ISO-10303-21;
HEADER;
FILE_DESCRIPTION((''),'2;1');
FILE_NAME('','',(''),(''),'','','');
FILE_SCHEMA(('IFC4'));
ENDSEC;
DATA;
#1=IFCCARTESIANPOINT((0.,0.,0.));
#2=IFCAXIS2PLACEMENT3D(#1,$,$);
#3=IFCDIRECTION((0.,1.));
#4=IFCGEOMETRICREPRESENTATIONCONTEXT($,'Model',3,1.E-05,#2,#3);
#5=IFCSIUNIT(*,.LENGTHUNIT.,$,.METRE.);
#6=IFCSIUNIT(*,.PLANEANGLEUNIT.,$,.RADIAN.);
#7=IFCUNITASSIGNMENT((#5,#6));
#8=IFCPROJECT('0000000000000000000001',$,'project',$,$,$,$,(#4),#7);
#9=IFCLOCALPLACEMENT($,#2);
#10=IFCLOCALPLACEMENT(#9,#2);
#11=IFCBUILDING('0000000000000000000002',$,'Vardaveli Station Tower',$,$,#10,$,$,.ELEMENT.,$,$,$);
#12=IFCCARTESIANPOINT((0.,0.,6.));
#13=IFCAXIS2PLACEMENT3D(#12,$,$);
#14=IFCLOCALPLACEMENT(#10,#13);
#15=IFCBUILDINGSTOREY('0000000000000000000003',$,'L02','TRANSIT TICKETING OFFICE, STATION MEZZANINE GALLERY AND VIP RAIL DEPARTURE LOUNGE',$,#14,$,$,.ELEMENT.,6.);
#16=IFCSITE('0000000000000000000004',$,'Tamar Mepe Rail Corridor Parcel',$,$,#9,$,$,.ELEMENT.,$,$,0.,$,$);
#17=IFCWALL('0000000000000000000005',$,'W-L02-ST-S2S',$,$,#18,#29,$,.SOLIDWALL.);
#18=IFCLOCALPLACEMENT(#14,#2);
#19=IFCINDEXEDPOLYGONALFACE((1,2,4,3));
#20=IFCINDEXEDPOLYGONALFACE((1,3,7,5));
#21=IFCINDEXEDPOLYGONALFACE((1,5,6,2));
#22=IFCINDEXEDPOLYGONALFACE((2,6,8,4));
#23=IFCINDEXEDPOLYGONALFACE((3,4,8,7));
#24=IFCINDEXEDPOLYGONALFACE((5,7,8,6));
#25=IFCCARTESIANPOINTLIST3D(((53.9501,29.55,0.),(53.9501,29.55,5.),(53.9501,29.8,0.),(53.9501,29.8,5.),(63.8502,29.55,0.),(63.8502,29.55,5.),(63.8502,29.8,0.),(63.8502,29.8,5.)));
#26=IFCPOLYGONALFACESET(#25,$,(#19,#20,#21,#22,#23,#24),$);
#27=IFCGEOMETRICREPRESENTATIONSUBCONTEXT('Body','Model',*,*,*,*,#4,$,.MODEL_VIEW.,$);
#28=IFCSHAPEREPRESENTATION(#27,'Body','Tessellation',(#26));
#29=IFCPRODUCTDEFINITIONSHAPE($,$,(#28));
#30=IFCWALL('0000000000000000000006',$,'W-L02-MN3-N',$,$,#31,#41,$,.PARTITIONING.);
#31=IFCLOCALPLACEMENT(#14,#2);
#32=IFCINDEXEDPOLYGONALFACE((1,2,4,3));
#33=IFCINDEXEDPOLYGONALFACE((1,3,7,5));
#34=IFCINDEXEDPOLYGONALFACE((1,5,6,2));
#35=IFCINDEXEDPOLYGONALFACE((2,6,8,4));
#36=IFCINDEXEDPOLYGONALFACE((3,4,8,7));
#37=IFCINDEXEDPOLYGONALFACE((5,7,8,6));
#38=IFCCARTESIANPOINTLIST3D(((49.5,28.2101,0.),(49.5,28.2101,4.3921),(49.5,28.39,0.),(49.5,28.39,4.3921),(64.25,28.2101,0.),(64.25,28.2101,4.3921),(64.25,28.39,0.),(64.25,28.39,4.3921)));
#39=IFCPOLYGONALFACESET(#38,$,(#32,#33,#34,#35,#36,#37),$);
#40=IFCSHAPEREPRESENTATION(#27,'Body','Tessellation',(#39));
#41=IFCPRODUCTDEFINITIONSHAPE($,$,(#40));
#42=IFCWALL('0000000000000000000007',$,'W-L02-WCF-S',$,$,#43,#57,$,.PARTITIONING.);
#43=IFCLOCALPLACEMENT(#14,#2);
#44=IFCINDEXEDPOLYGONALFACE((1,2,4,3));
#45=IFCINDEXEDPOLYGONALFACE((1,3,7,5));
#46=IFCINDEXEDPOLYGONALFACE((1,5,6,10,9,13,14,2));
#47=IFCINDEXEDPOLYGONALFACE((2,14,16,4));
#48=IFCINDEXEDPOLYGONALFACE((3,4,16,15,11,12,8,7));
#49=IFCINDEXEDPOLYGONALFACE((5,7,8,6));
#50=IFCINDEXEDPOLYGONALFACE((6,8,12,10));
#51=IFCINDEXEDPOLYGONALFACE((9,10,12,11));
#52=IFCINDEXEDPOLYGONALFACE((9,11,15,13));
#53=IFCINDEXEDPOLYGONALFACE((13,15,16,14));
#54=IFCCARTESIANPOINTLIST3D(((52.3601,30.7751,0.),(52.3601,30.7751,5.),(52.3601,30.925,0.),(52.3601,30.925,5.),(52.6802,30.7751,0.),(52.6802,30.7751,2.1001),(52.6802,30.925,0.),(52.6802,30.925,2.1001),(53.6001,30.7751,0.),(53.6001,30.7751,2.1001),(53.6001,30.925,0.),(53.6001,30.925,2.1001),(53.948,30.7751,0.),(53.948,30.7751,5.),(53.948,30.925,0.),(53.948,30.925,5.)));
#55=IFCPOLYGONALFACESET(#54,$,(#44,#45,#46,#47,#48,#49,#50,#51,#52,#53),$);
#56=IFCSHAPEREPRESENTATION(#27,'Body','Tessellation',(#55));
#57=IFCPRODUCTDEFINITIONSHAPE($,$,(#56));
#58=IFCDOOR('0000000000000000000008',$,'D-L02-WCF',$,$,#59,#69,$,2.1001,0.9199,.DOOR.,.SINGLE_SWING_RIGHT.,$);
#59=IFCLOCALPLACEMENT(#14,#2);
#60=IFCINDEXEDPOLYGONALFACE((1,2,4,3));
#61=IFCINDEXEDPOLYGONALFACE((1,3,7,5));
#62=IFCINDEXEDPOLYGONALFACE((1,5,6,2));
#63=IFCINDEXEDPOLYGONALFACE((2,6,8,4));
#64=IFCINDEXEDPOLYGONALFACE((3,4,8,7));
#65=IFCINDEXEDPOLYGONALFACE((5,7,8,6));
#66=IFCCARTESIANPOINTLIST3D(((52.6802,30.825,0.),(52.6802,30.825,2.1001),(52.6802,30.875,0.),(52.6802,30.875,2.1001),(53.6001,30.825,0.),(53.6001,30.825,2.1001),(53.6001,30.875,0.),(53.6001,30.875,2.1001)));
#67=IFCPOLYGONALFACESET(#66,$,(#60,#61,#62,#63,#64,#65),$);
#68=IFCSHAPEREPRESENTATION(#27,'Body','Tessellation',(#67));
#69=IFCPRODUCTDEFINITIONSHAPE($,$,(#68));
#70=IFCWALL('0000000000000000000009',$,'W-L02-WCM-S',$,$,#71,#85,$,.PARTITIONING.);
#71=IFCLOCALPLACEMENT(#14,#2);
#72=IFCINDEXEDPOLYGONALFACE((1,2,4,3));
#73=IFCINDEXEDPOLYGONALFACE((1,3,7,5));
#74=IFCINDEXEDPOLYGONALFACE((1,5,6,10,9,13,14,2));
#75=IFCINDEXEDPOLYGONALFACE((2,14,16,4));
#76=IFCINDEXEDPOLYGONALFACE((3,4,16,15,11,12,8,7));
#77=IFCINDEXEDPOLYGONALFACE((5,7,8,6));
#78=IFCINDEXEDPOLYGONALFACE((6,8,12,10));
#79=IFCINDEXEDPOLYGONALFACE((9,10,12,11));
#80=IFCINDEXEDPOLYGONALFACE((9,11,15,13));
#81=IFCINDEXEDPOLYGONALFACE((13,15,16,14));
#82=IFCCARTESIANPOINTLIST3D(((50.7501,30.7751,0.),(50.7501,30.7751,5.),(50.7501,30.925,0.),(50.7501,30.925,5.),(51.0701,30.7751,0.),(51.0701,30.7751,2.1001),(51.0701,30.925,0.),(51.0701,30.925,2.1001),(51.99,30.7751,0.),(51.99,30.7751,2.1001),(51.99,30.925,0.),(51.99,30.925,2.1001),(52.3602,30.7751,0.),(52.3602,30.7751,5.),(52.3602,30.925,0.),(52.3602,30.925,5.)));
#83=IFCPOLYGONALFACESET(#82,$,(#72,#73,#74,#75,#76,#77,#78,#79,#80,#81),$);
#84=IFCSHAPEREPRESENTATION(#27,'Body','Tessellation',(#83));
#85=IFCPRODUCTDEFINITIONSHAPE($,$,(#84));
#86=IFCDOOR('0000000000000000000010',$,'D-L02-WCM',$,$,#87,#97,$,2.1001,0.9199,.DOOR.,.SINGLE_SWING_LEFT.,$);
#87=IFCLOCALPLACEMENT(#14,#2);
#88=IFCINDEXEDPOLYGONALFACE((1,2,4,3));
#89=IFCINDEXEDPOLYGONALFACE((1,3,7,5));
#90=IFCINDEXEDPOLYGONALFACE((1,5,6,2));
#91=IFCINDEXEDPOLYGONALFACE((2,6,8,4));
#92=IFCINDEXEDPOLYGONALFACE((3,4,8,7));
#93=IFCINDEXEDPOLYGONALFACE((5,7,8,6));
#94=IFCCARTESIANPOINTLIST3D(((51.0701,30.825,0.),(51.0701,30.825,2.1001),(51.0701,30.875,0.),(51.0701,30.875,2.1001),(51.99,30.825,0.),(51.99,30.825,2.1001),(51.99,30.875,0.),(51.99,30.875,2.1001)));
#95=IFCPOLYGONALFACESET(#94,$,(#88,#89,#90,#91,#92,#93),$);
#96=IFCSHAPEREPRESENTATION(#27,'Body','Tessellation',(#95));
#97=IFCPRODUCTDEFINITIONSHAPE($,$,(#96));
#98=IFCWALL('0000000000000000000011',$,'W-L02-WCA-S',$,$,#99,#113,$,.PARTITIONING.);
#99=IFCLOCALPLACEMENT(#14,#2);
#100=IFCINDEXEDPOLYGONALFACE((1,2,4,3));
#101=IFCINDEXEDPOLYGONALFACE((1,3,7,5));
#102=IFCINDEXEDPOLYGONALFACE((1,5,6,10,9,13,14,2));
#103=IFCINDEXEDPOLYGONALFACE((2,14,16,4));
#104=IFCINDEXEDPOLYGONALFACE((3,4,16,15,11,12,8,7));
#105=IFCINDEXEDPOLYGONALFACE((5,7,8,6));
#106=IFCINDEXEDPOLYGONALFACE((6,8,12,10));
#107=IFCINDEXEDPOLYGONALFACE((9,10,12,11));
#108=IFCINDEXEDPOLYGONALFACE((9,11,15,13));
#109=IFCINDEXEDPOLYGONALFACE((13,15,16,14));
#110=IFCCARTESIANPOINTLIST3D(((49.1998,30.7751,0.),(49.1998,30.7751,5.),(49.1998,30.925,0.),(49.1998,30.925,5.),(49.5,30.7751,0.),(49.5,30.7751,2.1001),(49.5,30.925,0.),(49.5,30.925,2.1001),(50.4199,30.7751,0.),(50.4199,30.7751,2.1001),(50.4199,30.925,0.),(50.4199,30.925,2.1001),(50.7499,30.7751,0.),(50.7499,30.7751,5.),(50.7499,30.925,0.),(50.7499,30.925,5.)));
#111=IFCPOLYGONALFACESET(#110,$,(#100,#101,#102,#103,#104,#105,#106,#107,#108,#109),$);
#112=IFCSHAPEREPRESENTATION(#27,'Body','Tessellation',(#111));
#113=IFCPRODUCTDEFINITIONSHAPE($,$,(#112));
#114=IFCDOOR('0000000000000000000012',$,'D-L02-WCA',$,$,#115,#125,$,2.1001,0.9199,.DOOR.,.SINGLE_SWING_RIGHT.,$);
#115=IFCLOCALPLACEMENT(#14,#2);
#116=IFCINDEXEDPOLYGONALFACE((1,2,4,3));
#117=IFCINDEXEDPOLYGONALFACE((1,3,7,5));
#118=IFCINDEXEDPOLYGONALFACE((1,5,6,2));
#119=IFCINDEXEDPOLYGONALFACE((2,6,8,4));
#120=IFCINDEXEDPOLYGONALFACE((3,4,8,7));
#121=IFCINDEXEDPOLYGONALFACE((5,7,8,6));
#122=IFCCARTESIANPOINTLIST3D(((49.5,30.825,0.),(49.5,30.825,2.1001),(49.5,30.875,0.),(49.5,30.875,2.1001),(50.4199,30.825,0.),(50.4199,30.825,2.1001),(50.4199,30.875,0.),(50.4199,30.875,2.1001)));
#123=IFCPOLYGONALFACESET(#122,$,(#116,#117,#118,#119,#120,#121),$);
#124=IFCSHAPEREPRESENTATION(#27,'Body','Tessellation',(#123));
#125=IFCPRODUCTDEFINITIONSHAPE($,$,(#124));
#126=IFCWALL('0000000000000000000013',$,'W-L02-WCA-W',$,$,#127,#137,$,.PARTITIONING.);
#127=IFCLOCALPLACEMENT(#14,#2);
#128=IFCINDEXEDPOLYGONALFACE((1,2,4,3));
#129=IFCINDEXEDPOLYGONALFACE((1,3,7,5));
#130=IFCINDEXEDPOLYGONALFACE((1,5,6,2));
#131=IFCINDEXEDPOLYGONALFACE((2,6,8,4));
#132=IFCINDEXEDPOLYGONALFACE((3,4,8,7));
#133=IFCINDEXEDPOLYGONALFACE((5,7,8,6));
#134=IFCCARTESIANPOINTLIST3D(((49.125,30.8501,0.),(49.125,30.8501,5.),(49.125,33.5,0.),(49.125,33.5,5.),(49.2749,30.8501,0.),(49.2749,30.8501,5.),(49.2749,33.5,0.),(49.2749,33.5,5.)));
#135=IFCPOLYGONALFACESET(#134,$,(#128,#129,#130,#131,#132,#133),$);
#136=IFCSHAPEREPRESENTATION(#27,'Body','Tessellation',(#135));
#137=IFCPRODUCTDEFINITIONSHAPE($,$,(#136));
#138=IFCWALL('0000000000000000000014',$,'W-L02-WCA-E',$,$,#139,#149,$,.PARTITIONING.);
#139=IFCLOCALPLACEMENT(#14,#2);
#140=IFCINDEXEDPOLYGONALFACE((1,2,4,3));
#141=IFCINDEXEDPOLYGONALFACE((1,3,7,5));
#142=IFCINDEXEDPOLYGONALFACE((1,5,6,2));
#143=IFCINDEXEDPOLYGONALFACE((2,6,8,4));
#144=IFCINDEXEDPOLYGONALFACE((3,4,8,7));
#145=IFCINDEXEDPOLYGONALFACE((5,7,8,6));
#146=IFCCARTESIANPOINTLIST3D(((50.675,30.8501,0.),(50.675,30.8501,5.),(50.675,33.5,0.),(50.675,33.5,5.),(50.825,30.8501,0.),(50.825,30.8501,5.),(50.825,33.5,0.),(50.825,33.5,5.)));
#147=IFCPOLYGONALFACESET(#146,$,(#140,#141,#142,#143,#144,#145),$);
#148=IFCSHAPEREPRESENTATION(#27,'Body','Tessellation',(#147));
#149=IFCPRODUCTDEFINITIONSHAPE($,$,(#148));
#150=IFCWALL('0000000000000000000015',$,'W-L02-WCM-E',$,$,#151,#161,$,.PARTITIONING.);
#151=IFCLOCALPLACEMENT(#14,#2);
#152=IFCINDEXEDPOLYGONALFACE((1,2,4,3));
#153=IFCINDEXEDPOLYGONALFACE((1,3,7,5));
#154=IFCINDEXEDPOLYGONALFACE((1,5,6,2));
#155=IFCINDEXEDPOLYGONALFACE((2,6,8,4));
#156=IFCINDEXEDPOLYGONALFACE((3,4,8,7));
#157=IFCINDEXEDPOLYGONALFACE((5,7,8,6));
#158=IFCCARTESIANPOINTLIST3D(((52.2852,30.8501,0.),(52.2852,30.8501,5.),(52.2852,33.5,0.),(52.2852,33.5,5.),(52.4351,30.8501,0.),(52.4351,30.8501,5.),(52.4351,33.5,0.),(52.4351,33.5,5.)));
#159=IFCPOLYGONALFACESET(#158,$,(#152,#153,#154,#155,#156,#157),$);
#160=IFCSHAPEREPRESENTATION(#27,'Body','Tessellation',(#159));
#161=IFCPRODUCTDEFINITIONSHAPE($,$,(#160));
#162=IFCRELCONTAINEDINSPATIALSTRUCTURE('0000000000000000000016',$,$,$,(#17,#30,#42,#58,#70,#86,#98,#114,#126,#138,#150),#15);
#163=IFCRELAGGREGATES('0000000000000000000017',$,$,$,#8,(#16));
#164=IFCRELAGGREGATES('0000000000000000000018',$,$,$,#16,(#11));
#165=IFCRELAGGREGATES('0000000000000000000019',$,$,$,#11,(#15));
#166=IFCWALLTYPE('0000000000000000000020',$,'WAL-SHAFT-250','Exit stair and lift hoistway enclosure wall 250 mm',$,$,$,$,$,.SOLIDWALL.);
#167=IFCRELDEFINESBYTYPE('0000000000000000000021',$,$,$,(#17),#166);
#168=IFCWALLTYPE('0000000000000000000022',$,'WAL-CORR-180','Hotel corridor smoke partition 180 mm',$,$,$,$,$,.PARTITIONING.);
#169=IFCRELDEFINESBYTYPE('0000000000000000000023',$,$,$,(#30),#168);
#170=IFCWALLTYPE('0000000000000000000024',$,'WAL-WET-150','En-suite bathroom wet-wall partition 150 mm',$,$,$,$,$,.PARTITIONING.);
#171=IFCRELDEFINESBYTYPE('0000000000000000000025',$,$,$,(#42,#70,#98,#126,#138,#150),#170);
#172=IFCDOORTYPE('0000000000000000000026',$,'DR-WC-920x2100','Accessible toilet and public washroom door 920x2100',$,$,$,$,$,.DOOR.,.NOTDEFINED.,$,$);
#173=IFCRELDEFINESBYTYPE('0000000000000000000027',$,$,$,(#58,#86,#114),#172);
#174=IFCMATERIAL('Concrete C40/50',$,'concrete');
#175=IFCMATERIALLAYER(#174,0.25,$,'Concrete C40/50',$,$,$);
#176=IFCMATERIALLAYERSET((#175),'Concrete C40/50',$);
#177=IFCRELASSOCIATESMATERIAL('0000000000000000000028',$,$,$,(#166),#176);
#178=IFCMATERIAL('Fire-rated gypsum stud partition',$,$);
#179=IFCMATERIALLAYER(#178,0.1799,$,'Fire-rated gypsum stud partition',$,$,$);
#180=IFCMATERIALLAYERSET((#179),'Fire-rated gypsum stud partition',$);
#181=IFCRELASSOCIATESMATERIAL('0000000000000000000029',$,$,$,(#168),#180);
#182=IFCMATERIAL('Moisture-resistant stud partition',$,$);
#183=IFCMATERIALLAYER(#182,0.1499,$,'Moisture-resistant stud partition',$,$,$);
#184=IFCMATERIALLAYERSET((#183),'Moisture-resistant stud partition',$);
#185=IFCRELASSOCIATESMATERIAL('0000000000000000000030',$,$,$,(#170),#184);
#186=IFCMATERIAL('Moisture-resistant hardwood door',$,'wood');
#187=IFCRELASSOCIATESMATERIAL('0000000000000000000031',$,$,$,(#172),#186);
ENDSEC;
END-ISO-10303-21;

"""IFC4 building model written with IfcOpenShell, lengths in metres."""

from ifc_helpers import new_model, si_unit, direction, frame, frame_2d, origin, place, context, subcontext, project, spatial, rectangle, extrude, source, transform, mapped, material, layer, layer_set, type_object, element, fill, save


model = new_model("IFC4")

# Units and contexts
model_context = context("Model", 3, precision=1e-05, world=origin(), true_north=direction((0.0, 1.0)))
body_context = subcontext(model_context, "Body", "Model", "MODEL_VIEW")
ifc_project = project(units=[si_unit("LENGTHUNIT", "METRE"), si_unit("PLANEANGLEUNIT", "RADIAN")], contexts=[model_context])

# Site, building, storey
site_placement = place(None, origin())
site = spatial("IfcSite", under=ifc_project, at=site_placement, Name="Tamar Mepe Rail Corridor Parcel", CompositionType="ELEMENT", RefElevation=0.0)
building_placement = place(site_placement, origin())
building = spatial("IfcBuilding", under=site, at=building_placement, Name="Vardaveli Station Tower", CompositionType="ELEMENT")
storey_placement = place(building_placement, frame((0.0, 0.0, 6.0)))
storey = spatial("IfcBuildingStorey", under=building, at=storey_placement, Name="L02", Description="TRANSIT TICKETING OFFICE, STATION MEZZANINE GALLERY AND VIP RAIL DEPARTURE LOUNGE", CompositionType="ELEMENT", Elevation=6.0)

# Walls
ifc_material_1 = material(Name="Concrete C40/50", Category="concrete")
ifc_layer_1 = layer(ifc_material_1, 0.25, Name="Concrete C40/50")
ifc_layer_set_1 = layer_set([ifc_layer_1], Name="Concrete C40/50")
wall_type_1 = type_object("IfcWallType", Name="WAL-SHAFT-250", Description="Exit stair and lift hoistway enclosure wall 250 mm", PredefinedType="SOLIDWALL", material=ifc_layer_set_1)
shared_shape_1 = source(origin(), body_context, "Body", "SweptSolid", [
    extrude(rectangle(XDim=9.9001, YDim=0.25, at=frame_2d((4.9502, 0.0))), origin(), (0.0, 0.0, 1.0), 5.0),
])
wall_1_placement = place(storey_placement, frame((53.95, 29.675, 0.0), z_axis=(0.0, 0.0, 1.0), x_axis=(1.0, 0.0, 0.0)))
element("IfcWall", 1, at=wall_1_placement, inside=storey, type_object=wall_type_1, Name="W-L02-ST-S2S", PredefinedType="SOLIDWALL", context=body_context, shape_type="MappedRepresentation", body=[
    mapped(shared_shape_1, transform((0.0, 0.0, 0.0), scale=1.0)),
])
ifc_material_2 = material(Name="Fire-rated gypsum stud partition")
ifc_layer_2 = layer(ifc_material_2, 0.1799, Name="Fire-rated gypsum stud partition")
ifc_layer_set_2 = layer_set([ifc_layer_2], Name="Fire-rated gypsum stud partition")
wall_type_2 = type_object("IfcWallType", Name="WAL-CORR-180", Description="Hotel corridor smoke partition 180 mm", PredefinedType="PARTITIONING", material=ifc_layer_set_2)
shared_shape_2 = source(origin(), body_context, "Body", "SweptSolid", [
    extrude(rectangle(XDim=14.75, YDim=0.1799, at=frame_2d((7.375, 0.0))), origin(), (0.0, 0.0, 1.0), 4.3921),
])
wall_2_placement = place(storey_placement, frame((49.5, 28.3, 0.0), z_axis=(0.0, 0.0, 1.0), x_axis=(1.0, 0.0, 0.0)))
element("IfcWall", 2, at=wall_2_placement, inside=storey, type_object=wall_type_2, Name="W-L02-MN3-N", PredefinedType="PARTITIONING", context=body_context, shape_type="MappedRepresentation", body=[
    mapped(shared_shape_2, transform((0.0, 0.0, 0.0), scale=1.0)),
])

# Walls, openings, doors
ifc_material_3 = material(Name="Moisture-resistant stud partition")
ifc_layer_3 = layer(ifc_material_3, 0.1499, Name="Moisture-resistant stud partition")
ifc_layer_set_3 = layer_set([ifc_layer_3], Name="Moisture-resistant stud partition")
wall_type_3 = type_object("IfcWallType", Name="WAL-WET-150", Description="En-suite bathroom wet-wall partition 150 mm", PredefinedType="PARTITIONING", material=ifc_layer_set_3)
shared_shape_3 = source(origin(), body_context, "Body", "SweptSolid", [
    extrude(rectangle(XDim=1.5879, YDim=0.1499, at=frame_2d((0.7939, 0.0))), origin(), (0.0, 0.0, 1.0), 5.0),
])
wall_3_placement = place(storey_placement, frame((52.3601, 30.8501, 0.0), z_axis=(0.0, 0.0, 1.0), x_axis=(1.0, 0.0, 0.0)))
wall_3 = element("IfcWall", 3, at=wall_3_placement, inside=storey, type_object=wall_type_3, Name="W-L02-WCF-S", PredefinedType="PARTITIONING", context=body_context, shape_type="MappedRepresentation", body=[
    mapped(shared_shape_3, transform((0.0, 0.0, 0.0), scale=1.0)),
])
shared_shape_4 = source(origin(), body_context, "Body", "SweptSolid", [
    extrude(rectangle(XDim=0.9199, YDim=2.1001, at=frame_2d((0.46, 1.05))), frame((0.0, 0.085, 0.0), z_axis=(0.0, -1.0, 0.0), x_axis=(1.0, 0.0, 0.0)), (0.0, 0.0, 1.0), 0.1699),
])
opening_1_placement = place(wall_3_placement, frame((0.3201, 0.0, 0.0)))
opening_1 = element("IfcOpeningElement", 4, at=opening_1_placement, cuts=wall_3, PredefinedType="OPENING", context=body_context, shape_type="MappedRepresentation", body=[
    mapped(shared_shape_4, transform((0.0, 0.0, 0.0), scale=1.0)),
])
ifc_material_4 = material(Name="Moisture-resistant hardwood door", Category="wood")
door_type = type_object("IfcDoorType", Name="DR-WC-920x2100", Description="Accessible toilet and public washroom door 920x2100", OperationType="NOTDEFINED", PredefinedType="DOOR", material=ifc_material_4)
shared_shape_5 = source(origin(), body_context, "Body", "SweptSolid", [
    extrude(rectangle(XDim=0.9199, YDim=2.1001, at=frame_2d((0.46, 1.05))), frame((0.0, 0.0249, 0.0), z_axis=(0.0, -1.0, 0.0), x_axis=(1.0, 0.0, 0.0)), (0.0, 0.0, 1.0), 0.05),
])
door_1_placement = place(opening_1_placement, origin())
door_1 = element("IfcDoor", 5, at=door_1_placement, inside=storey, type_object=door_type, Name="D-L02-WCF", OperationType="SINGLE_SWING_RIGHT", OverallHeight=2.1001, OverallWidth=0.9199, PredefinedType="DOOR", context=body_context, shape_type="MappedRepresentation", body=[
    mapped(shared_shape_5, transform((0.0, 0.0, 0.0), scale=1.0)),
])
fill(opening_1, door_1)
shared_shape_6 = source(origin(), body_context, "Body", "SweptSolid", [
    extrude(rectangle(XDim=1.6101, YDim=0.1499, at=frame_2d((0.8052, 0.0))), origin(), (0.0, 0.0, 1.0), 5.0),
])
wall_4_placement = place(storey_placement, frame((50.75, 30.8501, 0.0), z_axis=(0.0, 0.0, 1.0), x_axis=(1.0, 0.0, 0.0)))
wall_4 = element("IfcWall", 6, at=wall_4_placement, inside=storey, type_object=wall_type_3, Name="W-L02-WCM-S", PredefinedType="PARTITIONING", context=body_context, shape_type="MappedRepresentation", body=[
    mapped(shared_shape_6, transform((0.0, 0.0, 0.0), scale=1.0)),
])
opening_2_placement = place(wall_4_placement, frame((0.3201, 0.0, 0.0)))
opening_2 = element("IfcOpeningElement", 7, at=opening_2_placement, cuts=wall_4, PredefinedType="OPENING", context=body_context, shape_type="MappedRepresentation", body=[
    mapped(shared_shape_4, transform((0.0, 0.0, 0.0), scale=1.0)),
])
door_2_placement = place(opening_2_placement, origin())
door_2 = element("IfcDoor", 8, at=door_2_placement, inside=storey, type_object=door_type, Name="D-L02-WCM", OperationType="SINGLE_SWING_LEFT", OverallHeight=2.1001, OverallWidth=0.9199, PredefinedType="DOOR", context=body_context, shape_type="MappedRepresentation", body=[
    mapped(shared_shape_5, transform((0.0, 0.0, 0.0), scale=1.0)),
])
fill(opening_2, door_2)
shared_shape_7 = source(origin(), body_context, "Body", "SweptSolid", [
    extrude(rectangle(XDim=1.55, YDim=0.1499, at=frame_2d((0.7749, 0.0))), origin(), (0.0, 0.0, 1.0), 5.0),
])
wall_5_placement = place(storey_placement, frame((49.2, 30.8501, 0.0), z_axis=(0.0, 0.0, 1.0), x_axis=(1.0, 0.0, 0.0)))
wall_5 = element("IfcWall", 9, at=wall_5_placement, inside=storey, type_object=wall_type_3, Name="W-L02-WCA-S", PredefinedType="PARTITIONING", context=body_context, shape_type="MappedRepresentation", body=[
    mapped(shared_shape_7, transform((0.0, 0.0, 0.0), scale=1.0)),
])
opening_3_placement = place(wall_5_placement, frame((0.3, 0.0, 0.0)))
opening_3 = element("IfcOpeningElement", 10, at=opening_3_placement, cuts=wall_5, PredefinedType="OPENING", context=body_context, shape_type="MappedRepresentation", body=[
    mapped(shared_shape_4, transform((0.0, 0.0, 0.0), scale=1.0)),
])
door_3_placement = place(opening_3_placement, origin())
door_3 = element("IfcDoor", 11, at=door_3_placement, inside=storey, type_object=door_type, Name="D-L02-WCA", OperationType="SINGLE_SWING_RIGHT", OverallHeight=2.1001, OverallWidth=0.9199, PredefinedType="DOOR", context=body_context, shape_type="MappedRepresentation", body=[
    mapped(shared_shape_5, transform((0.0, 0.0, 0.0), scale=1.0)),
])
fill(opening_3, door_3)

# Walls
shared_shape_8 = source(origin(), body_context, "Body", "SweptSolid", [
    extrude(rectangle(XDim=2.6499, YDim=0.1499, at=frame_2d((1.325, 0.0))), origin(), (0.0, 0.0, 1.0), 5.0),
])
for number, where, z_axis, x_axis, name in (
    (12, (49.2, 30.8501, 0.0), (0.0, 0.0, 1.0), (0.0, 1.0, 0.0), "W-L02-WCA-W"),
    (13, (50.75, 30.8501, 0.0), (0.0, 0.0, 1.0), (0.0, 1.0, 0.0), "W-L02-WCA-E"),
    (14, (52.3601, 30.8501, 0.0), (0.0, 0.0, 1.0), (0.0, 1.0, 0.0), "W-L02-WCM-E"),
):
    element("IfcWall", number, at=place(storey_placement, frame(where, z_axis=z_axis, x_axis=x_axis)), inside=storey, type_object=wall_type_3, Name=name, PredefinedType="PARTITIONING", context=body_context, shape_type="MappedRepresentation", body=[
        mapped(shared_shape_8, transform((0.0, 0.0, 0.0), scale=1.0)),
    ])

save(model, "model.ifc")
